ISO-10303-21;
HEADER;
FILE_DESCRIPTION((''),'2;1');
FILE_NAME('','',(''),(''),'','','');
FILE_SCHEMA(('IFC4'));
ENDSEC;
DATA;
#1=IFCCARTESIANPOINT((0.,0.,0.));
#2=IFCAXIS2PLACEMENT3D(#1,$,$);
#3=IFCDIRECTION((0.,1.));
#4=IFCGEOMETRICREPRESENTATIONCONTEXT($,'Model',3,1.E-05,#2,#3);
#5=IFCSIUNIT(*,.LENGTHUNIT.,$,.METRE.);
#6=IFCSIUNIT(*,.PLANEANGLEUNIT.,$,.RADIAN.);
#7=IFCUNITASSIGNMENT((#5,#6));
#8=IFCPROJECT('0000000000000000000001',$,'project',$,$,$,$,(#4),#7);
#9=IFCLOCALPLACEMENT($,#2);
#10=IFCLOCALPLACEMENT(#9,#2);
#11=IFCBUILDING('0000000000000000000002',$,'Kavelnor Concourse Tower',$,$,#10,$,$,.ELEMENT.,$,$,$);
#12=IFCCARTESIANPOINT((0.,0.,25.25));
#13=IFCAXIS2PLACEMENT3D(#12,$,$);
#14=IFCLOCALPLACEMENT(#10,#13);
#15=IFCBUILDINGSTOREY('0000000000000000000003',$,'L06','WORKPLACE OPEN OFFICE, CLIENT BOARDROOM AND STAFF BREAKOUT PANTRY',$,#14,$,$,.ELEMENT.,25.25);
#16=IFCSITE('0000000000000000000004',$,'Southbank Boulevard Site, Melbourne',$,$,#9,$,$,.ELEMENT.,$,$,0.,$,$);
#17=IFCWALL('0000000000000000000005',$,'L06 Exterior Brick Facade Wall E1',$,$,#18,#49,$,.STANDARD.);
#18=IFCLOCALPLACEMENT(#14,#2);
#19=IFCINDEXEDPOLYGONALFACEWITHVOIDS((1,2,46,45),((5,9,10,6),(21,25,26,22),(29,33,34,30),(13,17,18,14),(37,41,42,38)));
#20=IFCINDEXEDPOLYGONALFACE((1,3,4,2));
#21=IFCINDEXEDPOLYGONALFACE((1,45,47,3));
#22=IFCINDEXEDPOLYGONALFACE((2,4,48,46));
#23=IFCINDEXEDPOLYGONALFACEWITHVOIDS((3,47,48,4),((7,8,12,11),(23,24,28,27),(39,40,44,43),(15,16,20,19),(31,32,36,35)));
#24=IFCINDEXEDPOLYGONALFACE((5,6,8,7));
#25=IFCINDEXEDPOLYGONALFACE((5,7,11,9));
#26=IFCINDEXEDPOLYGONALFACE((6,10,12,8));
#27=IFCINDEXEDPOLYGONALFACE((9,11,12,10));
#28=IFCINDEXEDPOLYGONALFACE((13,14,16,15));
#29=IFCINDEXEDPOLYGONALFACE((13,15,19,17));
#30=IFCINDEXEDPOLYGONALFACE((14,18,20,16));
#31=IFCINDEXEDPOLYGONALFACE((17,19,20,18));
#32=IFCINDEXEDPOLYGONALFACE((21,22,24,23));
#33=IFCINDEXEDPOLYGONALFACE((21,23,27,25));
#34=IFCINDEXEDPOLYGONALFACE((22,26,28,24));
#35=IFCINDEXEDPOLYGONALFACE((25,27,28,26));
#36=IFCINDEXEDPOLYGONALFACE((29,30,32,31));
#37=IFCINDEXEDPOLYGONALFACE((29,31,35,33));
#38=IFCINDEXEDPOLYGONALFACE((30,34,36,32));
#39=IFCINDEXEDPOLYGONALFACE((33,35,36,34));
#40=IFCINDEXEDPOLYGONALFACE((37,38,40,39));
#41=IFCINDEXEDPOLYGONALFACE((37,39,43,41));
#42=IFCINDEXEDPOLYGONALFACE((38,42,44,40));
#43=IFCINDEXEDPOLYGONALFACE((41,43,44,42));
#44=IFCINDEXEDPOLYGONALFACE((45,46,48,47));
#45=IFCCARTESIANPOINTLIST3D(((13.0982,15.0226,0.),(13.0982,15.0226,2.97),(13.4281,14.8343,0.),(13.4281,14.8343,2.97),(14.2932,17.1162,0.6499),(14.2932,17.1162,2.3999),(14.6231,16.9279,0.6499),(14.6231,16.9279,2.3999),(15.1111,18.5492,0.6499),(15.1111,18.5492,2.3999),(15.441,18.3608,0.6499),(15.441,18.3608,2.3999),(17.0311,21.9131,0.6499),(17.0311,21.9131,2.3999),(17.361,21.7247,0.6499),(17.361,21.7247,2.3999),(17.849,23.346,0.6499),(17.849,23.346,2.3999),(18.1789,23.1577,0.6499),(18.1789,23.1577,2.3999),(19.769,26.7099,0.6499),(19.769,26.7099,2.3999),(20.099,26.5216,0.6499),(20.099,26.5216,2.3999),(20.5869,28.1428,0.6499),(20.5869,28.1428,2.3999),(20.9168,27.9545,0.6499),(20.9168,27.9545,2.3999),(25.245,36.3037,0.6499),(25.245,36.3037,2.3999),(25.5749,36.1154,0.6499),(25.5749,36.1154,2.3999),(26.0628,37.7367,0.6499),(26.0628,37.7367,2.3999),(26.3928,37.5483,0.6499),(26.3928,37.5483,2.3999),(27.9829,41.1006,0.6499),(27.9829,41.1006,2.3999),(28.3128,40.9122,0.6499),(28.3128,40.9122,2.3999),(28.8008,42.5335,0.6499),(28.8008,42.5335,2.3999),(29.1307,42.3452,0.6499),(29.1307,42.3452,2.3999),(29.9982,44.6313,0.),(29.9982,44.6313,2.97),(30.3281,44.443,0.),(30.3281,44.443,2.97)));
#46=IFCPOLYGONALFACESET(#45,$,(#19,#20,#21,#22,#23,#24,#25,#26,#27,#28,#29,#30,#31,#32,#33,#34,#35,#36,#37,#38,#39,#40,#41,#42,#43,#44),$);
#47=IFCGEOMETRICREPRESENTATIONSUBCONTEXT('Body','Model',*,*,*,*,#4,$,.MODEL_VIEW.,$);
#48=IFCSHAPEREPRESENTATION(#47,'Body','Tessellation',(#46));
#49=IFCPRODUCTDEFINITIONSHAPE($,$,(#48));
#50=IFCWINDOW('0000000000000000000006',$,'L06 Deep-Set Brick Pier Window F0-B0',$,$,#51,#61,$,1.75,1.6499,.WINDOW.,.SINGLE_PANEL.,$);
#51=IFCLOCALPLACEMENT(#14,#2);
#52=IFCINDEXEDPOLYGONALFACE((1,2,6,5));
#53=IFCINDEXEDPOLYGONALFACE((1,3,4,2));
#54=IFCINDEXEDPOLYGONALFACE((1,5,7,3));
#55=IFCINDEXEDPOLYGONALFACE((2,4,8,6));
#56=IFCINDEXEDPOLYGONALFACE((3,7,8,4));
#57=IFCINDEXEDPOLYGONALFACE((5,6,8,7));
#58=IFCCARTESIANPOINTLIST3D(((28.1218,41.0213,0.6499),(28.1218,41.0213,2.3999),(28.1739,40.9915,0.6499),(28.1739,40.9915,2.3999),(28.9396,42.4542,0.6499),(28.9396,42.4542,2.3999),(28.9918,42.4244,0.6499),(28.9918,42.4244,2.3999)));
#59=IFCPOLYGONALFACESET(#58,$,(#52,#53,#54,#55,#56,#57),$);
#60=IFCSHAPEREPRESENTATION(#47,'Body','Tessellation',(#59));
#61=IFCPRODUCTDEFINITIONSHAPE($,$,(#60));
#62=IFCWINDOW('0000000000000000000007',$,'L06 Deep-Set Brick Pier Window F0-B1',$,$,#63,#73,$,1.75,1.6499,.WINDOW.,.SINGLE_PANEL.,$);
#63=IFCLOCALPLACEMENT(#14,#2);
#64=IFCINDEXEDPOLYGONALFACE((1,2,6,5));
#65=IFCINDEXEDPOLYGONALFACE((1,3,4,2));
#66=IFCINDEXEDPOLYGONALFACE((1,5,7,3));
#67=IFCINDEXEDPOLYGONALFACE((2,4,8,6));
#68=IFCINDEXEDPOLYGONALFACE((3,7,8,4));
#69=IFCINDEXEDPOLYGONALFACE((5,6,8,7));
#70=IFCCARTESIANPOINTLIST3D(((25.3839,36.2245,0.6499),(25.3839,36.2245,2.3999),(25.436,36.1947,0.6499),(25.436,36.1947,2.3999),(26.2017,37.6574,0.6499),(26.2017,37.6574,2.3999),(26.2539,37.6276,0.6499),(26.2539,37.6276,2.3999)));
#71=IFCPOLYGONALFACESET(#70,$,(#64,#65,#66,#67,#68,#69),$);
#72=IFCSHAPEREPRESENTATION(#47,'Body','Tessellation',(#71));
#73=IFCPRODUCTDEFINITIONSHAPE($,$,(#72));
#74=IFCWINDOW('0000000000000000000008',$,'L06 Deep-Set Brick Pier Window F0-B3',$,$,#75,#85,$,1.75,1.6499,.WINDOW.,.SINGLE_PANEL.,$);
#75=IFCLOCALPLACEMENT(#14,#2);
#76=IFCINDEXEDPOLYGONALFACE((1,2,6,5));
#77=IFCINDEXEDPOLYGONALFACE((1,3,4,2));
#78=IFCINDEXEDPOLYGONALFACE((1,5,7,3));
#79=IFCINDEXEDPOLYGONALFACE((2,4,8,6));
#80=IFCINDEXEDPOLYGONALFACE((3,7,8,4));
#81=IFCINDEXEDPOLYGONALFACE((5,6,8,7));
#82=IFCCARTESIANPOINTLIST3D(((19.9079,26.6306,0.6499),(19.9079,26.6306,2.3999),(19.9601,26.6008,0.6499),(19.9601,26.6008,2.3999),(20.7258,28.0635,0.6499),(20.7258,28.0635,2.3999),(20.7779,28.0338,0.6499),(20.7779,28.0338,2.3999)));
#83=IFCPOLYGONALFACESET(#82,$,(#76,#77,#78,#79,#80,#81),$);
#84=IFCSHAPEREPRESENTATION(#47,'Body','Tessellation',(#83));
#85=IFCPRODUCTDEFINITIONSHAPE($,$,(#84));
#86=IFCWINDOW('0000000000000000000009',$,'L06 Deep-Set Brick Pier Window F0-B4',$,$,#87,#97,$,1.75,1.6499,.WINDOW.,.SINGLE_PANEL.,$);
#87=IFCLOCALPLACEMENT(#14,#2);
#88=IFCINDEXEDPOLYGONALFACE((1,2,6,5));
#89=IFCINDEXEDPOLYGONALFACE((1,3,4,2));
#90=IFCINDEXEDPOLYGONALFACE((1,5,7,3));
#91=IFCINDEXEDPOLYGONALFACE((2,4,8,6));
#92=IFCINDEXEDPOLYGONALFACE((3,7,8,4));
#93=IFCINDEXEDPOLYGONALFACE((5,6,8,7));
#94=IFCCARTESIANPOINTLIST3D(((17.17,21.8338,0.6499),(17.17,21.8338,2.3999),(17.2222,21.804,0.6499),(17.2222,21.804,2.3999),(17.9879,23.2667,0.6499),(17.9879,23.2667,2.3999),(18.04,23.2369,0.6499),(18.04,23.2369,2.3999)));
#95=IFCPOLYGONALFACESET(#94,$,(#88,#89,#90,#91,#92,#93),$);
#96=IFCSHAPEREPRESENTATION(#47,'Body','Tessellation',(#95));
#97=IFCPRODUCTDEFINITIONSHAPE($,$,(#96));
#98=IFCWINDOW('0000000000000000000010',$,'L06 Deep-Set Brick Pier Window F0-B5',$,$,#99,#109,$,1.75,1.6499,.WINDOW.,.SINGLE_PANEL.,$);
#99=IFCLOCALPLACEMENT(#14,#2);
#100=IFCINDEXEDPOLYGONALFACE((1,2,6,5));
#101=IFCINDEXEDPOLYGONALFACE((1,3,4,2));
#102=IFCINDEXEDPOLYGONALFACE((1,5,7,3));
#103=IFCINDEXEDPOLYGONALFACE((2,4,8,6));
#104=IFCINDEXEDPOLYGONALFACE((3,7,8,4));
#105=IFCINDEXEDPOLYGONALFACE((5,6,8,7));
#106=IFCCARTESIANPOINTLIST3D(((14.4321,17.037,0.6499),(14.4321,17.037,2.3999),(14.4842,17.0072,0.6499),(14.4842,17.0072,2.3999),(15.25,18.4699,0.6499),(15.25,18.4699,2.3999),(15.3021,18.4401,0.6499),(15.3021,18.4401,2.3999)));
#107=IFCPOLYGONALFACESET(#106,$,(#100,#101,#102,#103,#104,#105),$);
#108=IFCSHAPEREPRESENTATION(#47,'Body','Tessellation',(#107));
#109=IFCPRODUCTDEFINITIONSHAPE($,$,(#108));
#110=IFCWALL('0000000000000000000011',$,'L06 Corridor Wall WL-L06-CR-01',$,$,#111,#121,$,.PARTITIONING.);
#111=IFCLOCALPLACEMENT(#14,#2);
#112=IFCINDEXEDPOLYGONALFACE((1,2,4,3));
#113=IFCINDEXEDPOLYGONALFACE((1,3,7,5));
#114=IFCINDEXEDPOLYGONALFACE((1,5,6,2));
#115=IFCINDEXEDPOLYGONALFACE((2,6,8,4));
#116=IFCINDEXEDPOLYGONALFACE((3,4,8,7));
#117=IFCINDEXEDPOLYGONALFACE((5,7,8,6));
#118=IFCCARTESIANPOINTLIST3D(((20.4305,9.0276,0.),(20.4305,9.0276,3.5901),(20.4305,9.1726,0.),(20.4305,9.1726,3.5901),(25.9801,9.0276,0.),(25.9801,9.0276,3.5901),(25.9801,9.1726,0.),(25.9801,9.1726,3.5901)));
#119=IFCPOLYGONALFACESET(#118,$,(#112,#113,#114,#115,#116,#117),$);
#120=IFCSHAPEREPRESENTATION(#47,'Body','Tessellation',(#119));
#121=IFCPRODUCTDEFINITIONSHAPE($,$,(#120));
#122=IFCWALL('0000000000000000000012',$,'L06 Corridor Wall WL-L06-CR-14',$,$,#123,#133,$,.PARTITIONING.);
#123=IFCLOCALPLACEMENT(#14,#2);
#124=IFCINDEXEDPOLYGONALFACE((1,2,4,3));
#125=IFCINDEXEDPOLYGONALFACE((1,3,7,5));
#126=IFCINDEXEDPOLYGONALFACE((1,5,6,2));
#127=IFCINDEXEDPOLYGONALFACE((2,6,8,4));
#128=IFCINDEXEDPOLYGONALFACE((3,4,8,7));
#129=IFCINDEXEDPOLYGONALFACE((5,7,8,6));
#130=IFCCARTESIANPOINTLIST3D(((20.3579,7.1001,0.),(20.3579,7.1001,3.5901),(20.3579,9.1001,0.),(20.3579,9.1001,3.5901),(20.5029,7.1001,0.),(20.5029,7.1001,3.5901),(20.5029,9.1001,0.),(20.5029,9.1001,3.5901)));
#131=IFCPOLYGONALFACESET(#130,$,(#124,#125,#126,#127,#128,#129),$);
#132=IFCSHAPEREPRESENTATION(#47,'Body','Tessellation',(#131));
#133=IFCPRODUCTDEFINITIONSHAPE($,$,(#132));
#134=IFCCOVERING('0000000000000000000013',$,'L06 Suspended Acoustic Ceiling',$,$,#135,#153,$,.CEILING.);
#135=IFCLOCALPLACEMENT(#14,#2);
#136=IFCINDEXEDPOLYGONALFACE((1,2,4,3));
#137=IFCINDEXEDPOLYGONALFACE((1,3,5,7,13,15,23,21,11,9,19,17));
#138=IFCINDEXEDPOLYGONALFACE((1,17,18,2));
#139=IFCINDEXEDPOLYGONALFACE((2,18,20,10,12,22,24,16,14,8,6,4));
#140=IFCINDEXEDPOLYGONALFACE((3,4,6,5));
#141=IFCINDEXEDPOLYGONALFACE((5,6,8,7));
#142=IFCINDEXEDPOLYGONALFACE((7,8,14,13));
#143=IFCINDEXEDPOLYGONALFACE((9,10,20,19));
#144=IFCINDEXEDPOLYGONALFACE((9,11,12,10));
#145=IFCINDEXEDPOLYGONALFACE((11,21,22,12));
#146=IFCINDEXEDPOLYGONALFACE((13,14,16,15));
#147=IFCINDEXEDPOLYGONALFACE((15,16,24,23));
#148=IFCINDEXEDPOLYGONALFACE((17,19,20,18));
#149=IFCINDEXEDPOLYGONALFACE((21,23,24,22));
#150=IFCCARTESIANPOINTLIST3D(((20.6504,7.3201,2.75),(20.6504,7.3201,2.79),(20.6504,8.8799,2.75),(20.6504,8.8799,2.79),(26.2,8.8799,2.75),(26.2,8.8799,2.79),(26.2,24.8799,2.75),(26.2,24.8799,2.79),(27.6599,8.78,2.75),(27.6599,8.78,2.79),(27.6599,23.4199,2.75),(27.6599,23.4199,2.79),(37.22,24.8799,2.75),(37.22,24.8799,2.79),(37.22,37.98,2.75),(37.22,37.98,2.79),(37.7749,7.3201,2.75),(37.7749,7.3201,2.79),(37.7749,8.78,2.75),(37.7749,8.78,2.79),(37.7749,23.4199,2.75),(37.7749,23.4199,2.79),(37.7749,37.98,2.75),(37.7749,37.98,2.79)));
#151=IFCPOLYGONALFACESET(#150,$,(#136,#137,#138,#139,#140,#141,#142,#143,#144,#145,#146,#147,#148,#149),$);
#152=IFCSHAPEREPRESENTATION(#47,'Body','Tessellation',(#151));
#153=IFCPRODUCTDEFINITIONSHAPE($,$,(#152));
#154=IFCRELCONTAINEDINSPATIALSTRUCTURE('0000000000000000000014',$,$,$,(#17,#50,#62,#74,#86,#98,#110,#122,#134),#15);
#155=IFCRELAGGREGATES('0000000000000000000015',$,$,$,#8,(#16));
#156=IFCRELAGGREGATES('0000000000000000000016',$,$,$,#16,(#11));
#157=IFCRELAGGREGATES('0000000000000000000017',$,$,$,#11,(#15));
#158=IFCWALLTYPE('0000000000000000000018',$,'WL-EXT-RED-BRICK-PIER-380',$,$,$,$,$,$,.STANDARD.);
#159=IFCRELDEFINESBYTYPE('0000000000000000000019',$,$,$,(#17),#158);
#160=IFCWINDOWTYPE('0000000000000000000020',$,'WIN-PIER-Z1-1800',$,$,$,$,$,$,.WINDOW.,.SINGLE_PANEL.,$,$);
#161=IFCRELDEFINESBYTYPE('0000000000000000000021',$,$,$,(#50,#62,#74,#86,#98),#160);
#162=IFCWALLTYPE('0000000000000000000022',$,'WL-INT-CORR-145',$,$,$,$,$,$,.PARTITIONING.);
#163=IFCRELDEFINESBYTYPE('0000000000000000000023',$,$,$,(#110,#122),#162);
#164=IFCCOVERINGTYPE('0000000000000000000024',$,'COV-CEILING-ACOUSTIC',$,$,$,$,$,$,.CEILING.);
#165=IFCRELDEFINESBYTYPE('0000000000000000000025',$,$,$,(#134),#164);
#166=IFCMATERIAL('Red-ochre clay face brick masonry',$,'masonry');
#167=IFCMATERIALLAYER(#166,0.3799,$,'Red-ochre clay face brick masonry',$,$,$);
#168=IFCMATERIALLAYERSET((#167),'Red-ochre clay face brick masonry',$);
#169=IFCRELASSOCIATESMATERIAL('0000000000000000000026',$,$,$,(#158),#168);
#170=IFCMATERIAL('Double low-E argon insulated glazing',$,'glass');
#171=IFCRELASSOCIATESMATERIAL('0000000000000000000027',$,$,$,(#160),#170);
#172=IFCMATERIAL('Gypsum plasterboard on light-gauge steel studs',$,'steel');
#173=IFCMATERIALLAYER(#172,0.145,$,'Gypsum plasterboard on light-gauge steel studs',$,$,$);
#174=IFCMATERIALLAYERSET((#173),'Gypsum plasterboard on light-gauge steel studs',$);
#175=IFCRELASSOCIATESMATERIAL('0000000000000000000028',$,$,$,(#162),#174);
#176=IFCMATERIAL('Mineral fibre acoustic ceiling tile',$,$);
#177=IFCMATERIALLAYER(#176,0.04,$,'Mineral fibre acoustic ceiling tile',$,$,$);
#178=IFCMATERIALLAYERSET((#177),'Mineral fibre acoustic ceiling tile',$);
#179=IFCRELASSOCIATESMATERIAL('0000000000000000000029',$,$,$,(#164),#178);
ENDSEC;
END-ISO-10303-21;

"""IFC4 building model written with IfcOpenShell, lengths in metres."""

from ifc_helpers import new_model, si_unit, direction, frame, frame_2d, origin, place, context, subcontext, project, spatial, polyline, rectangle, outline, extrude, material, layer, layer_set, type_object, element, fill, save


model = new_model("IFC4")

# Units and contexts
model_context = context("Model", 3, precision=1e-05, world=origin(), true_north=direction((0.0, 1.0)))
body_context = subcontext(model_context, "Body", "Model", "MODEL_VIEW")
ifc_project = project(units=[si_unit("LENGTHUNIT", "METRE"), si_unit("PLANEANGLEUNIT", "RADIAN")], contexts=[model_context])

# Site, building, storey
site_placement = place(None, origin())
site = spatial("IfcSite", under=ifc_project, at=site_placement, Name="Southbank Boulevard Site, Melbourne", CompositionType="ELEMENT", RefElevation=0.0)
building_placement = place(site_placement, origin())
building = spatial("IfcBuilding", under=site, at=building_placement, Name="Kavelnor Concourse Tower", CompositionType="ELEMENT")
storey_placement = place(building_placement, frame((0.0, 0.0, 25.25)))
storey = spatial("IfcBuildingStorey", under=building, at=storey_placement, Name="L06", Description="WORKPLACE OPEN OFFICE, CLIENT BOARDROOM AND STAFF BREAKOUT PANTRY", CompositionType="ELEMENT", Elevation=25.25)

# Wall, openings, windows
ifc_material_1 = material(Name="Red-ochre clay face brick masonry", Category="masonry")
ifc_layer_1 = layer(ifc_material_1, 0.3799, Name="Red-ochre clay face brick masonry")
ifc_layer_set_1 = layer_set([ifc_layer_1], Name="Red-ochre clay face brick masonry")
wall_type_1 = type_object("IfcWallType", Name="WL-EXT-RED-BRICK-PIER-380", PredefinedType="STANDARD", material=ifc_layer_set_1)
wall_1_placement = place(storey_placement, frame((13.2632, 14.9285, 0.0), z_axis=(0.0, 0.0, 1.0), x_axis=(0.495712, 0.868487, 0.0)))
wall_1 = element("IfcWall", 1, at=wall_1_placement, inside=storey, type_object=wall_type_1, Name="L06 Exterior Brick Facade Wall E1", PredefinedType="STANDARD", context=body_context, shape_type="SweptSolid", body=[
    extrude(rectangle(XDim=34.0923, YDim=0.3799, at=frame_2d((17.0461, 0.0))), origin(), (0.0, 0.0, 1.0), 2.97),
])
opening_1_placement = place(wall_1_placement, frame((30.0269, 0.0, 0.6499)))
opening_1 = element("IfcOpeningElement", 2, at=opening_1_placement, cuts=wall_1, PredefinedType="OPENING", context=body_context, shape_type="SweptSolid", body=[
    extrude(rectangle(XDim=1.6499, YDim=1.75, at=frame_2d((0.825, 0.875))), frame((0.0, 0.2, 0.0), z_axis=(0.0, -1.0, 0.0), x_axis=(1.0, 0.0, 0.0)), (0.0, 0.0, 1.0), 0.3999),
])
opening_2_placement = place(wall_1_placement, frame((24.5037, 0.0, 0.6499)))
opening_2 = element("IfcOpeningElement", 3, at=opening_2_placement, cuts=wall_1, PredefinedType="OPENING", context=body_context, shape_type="SweptSolid", body=[
    extrude(rectangle(XDim=1.6499, YDim=1.75, at=frame_2d((0.825, 0.875))), frame((0.0, 0.2, 0.0), z_axis=(0.0, -1.0, 0.0), x_axis=(1.0, 0.0, 0.0)), (0.0, 0.0, 1.0), 0.3999),
])
opening_3_placement = place(wall_1_placement, frame((13.457, 0.0, 0.6499)))
opening_3 = element("IfcOpeningElement", 4, at=opening_3_placement, cuts=wall_1, PredefinedType="OPENING", context=body_context, shape_type="SweptSolid", body=[
    extrude(rectangle(XDim=1.6499, YDim=1.75, at=frame_2d((0.825, 0.875))), frame((0.0, 0.2, 0.0), z_axis=(0.0, -1.0, 0.0), x_axis=(1.0, 0.0, 0.0)), (0.0, 0.0, 1.0), 0.3999),
])
opening_4_placement = place(wall_1_placement, frame((7.9338, 0.0, 0.6499)))
opening_4 = element("IfcOpeningElement", 5, at=opening_4_placement, cuts=wall_1, PredefinedType="OPENING", context=body_context, shape_type="SweptSolid", body=[
    extrude(rectangle(XDim=1.6499, YDim=1.75, at=frame_2d((0.825, 0.875))), frame((0.0, 0.2, 0.0), z_axis=(0.0, -1.0, 0.0), x_axis=(1.0, 0.0, 0.0)), (0.0, 0.0, 1.0), 0.3999),
])
opening_5_placement = place(wall_1_placement, frame((2.4106, 0.0, 0.6499)))
opening_5 = element("IfcOpeningElement", 6, at=opening_5_placement, cuts=wall_1, PredefinedType="OPENING", context=body_context, shape_type="SweptSolid", body=[
    extrude(rectangle(XDim=1.6499, YDim=1.75, at=frame_2d((0.825, 0.875))), frame((0.0, 0.2, 0.0), z_axis=(0.0, -1.0, 0.0), x_axis=(1.0, 0.0, 0.0)), (0.0, 0.0, 1.0), 0.3999),
])
ifc_material_2 = material(Name="Double low-E argon insulated glazing", Category="glass")
window_type = type_object("IfcWindowType", Name="WIN-PIER-Z1-1800", PartitioningType="SINGLE_PANEL", PredefinedType="WINDOW", material=ifc_material_2)
window_1_placement = place(opening_1_placement, origin())
window_1 = element("IfcWindow", 7, at=window_1_placement, inside=storey, type_object=window_type, Name="L06 Deep-Set Brick Pier Window F0-B0", OverallHeight=1.75, OverallWidth=1.6499, PartitioningType="SINGLE_PANEL", PredefinedType="WINDOW", context=body_context, shape_type="SweptSolid", body=[
    extrude(rectangle(XDim=1.6499, YDim=1.75, at=frame_2d((0.825, 0.875))), frame((0.0, 0.03, 0.0), z_axis=(0.0, -1.0, 0.0), x_axis=(1.0, 0.0, 0.0)), (0.0, 0.0, 1.0), 0.0601),
])
fill(opening_1, window_1)
window_2_placement = place(opening_2_placement, origin())
window_2 = element("IfcWindow", 8, at=window_2_placement, inside=storey, type_object=window_type, Name="L06 Deep-Set Brick Pier Window F0-B1", OverallHeight=1.75, OverallWidth=1.6499, PartitioningType="SINGLE_PANEL", PredefinedType="WINDOW", context=body_context, shape_type="SweptSolid", body=[
    extrude(rectangle(XDim=1.6499, YDim=1.75, at=frame_2d((0.825, 0.875))), frame((0.0, 0.03, 0.0), z_axis=(0.0, -1.0, 0.0), x_axis=(1.0, 0.0, 0.0)), (0.0, 0.0, 1.0), 0.0601),
])
fill(opening_2, window_2)
window_3_placement = place(opening_3_placement, origin())
window_3 = element("IfcWindow", 9, at=window_3_placement, inside=storey, type_object=window_type, Name="L06 Deep-Set Brick Pier Window F0-B3", OverallHeight=1.75, OverallWidth=1.6499, PartitioningType="SINGLE_PANEL", PredefinedType="WINDOW", context=body_context, shape_type="SweptSolid", body=[
    extrude(rectangle(XDim=1.6499, YDim=1.75, at=frame_2d((0.825, 0.875))), frame((0.0, 0.03, 0.0), z_axis=(0.0, -1.0, 0.0), x_axis=(1.0, 0.0, 0.0)), (0.0, 0.0, 1.0), 0.0601),
])
fill(opening_3, window_3)
window_4_placement = place(opening_4_placement, origin())
window_4 = element("IfcWindow", 10, at=window_4_placement, inside=storey, type_object=window_type, Name="L06 Deep-Set Brick Pier Window F0-B4", OverallHeight=1.75, OverallWidth=1.6499, PartitioningType="SINGLE_PANEL", PredefinedType="WINDOW", context=body_context, shape_type="SweptSolid", body=[
    extrude(rectangle(XDim=1.6499, YDim=1.75, at=frame_2d((0.825, 0.875))), frame((0.0, 0.03, 0.0), z_axis=(0.0, -1.0, 0.0), x_axis=(1.0, 0.0, 0.0)), (0.0, 0.0, 1.0), 0.0601),
])
fill(opening_4, window_4)
window_5_placement = place(opening_5_placement, origin())
window_5 = element("IfcWindow", 11, at=window_5_placement, inside=storey, type_object=window_type, Name="L06 Deep-Set Brick Pier Window F0-B5", OverallHeight=1.75, OverallWidth=1.6499, PartitioningType="SINGLE_PANEL", PredefinedType="WINDOW", context=body_context, shape_type="SweptSolid", body=[
    extrude(rectangle(XDim=1.6499, YDim=1.75, at=frame_2d((0.825, 0.875))), frame((0.0, 0.03, 0.0), z_axis=(0.0, -1.0, 0.0), x_axis=(1.0, 0.0, 0.0)), (0.0, 0.0, 1.0), 0.0601),
])
fill(opening_5, window_5)

# Walls
ifc_material_3 = material(Name="Gypsum plasterboard on light-gauge steel studs", Category="steel")
ifc_layer_2 = layer(ifc_material_3, 0.145, Name="Gypsum plasterboard on light-gauge steel studs")
ifc_layer_set_2 = layer_set([ifc_layer_2], Name="Gypsum plasterboard on light-gauge steel studs")
wall_type_2 = type_object("IfcWallType", Name="WL-INT-CORR-145", PredefinedType="PARTITIONING", material=ifc_layer_set_2)
wall_2_placement = place(storey_placement, frame((20.4304, 9.1001, 0.0), z_axis=(0.0, 0.0, 1.0), x_axis=(1.0, 0.0, 0.0)))
element("IfcWall", 12, at=wall_2_placement, inside=storey, type_object=wall_type_2, Name="L06 Corridor Wall WL-L06-CR-01", PredefinedType="PARTITIONING", context=body_context, shape_type="SweptSolid", body=[
    extrude(rectangle(XDim=5.5496, YDim=0.145, at=frame_2d((2.7749, 0.0))), origin(), (0.0, 0.0, 1.0), 3.5901),
])
wall_3_placement = place(storey_placement, frame((20.4304, 7.1001, 0.0), z_axis=(0.0, 0.0, 1.0), x_axis=(0.0, 1.0, 0.0)))
element("IfcWall", 13, at=wall_3_placement, inside=storey, type_object=wall_type_2, Name="L06 Corridor Wall WL-L06-CR-14", PredefinedType="PARTITIONING", context=body_context, shape_type="SweptSolid", body=[
    extrude(rectangle(XDim=2.0, YDim=0.145, at=frame_2d((1.0, 0.0))), origin(), (0.0, 0.0, 1.0), 3.5901),
])

# Covering
ifc_material_4 = material(Name="Mineral fibre acoustic ceiling tile")
ifc_layer_3 = layer(ifc_material_4, 0.04, Name="Mineral fibre acoustic ceiling tile")
ifc_layer_set_3 = layer_set([ifc_layer_3], Name="Mineral fibre acoustic ceiling tile")
covering_type_1 = type_object("IfcCoveringType", Name="COV-CEILING-ACOUSTIC", PredefinedType="CEILING", material=ifc_layer_set_3)
covering_1_placement = place(storey_placement, frame((0.0, 0.0, 2.75)))
element("IfcCovering", 14, at=covering_1_placement, inside=storey, type_object=covering_type_1, Name="L06 Suspended Acoustic Ceiling", PredefinedType="CEILING", context=body_context, shape_type="SweptSolid", body=[
    extrude(outline(polyline([(37.22, 37.98), (37.7749, 37.98), (37.7749, 23.4199), (27.6599, 23.4199), (27.6599, 8.78), (37.7749, 8.78), (37.7749, 7.3201), (20.6504, 7.3201), (20.6504, 8.8799), (26.2, 8.8799), (26.2, 24.8799), (37.22, 24.8799), (37.22, 37.98)])), origin(), (0.0, 0.0, 1.0), 0.04),
])

save(model, "model.ifc")
